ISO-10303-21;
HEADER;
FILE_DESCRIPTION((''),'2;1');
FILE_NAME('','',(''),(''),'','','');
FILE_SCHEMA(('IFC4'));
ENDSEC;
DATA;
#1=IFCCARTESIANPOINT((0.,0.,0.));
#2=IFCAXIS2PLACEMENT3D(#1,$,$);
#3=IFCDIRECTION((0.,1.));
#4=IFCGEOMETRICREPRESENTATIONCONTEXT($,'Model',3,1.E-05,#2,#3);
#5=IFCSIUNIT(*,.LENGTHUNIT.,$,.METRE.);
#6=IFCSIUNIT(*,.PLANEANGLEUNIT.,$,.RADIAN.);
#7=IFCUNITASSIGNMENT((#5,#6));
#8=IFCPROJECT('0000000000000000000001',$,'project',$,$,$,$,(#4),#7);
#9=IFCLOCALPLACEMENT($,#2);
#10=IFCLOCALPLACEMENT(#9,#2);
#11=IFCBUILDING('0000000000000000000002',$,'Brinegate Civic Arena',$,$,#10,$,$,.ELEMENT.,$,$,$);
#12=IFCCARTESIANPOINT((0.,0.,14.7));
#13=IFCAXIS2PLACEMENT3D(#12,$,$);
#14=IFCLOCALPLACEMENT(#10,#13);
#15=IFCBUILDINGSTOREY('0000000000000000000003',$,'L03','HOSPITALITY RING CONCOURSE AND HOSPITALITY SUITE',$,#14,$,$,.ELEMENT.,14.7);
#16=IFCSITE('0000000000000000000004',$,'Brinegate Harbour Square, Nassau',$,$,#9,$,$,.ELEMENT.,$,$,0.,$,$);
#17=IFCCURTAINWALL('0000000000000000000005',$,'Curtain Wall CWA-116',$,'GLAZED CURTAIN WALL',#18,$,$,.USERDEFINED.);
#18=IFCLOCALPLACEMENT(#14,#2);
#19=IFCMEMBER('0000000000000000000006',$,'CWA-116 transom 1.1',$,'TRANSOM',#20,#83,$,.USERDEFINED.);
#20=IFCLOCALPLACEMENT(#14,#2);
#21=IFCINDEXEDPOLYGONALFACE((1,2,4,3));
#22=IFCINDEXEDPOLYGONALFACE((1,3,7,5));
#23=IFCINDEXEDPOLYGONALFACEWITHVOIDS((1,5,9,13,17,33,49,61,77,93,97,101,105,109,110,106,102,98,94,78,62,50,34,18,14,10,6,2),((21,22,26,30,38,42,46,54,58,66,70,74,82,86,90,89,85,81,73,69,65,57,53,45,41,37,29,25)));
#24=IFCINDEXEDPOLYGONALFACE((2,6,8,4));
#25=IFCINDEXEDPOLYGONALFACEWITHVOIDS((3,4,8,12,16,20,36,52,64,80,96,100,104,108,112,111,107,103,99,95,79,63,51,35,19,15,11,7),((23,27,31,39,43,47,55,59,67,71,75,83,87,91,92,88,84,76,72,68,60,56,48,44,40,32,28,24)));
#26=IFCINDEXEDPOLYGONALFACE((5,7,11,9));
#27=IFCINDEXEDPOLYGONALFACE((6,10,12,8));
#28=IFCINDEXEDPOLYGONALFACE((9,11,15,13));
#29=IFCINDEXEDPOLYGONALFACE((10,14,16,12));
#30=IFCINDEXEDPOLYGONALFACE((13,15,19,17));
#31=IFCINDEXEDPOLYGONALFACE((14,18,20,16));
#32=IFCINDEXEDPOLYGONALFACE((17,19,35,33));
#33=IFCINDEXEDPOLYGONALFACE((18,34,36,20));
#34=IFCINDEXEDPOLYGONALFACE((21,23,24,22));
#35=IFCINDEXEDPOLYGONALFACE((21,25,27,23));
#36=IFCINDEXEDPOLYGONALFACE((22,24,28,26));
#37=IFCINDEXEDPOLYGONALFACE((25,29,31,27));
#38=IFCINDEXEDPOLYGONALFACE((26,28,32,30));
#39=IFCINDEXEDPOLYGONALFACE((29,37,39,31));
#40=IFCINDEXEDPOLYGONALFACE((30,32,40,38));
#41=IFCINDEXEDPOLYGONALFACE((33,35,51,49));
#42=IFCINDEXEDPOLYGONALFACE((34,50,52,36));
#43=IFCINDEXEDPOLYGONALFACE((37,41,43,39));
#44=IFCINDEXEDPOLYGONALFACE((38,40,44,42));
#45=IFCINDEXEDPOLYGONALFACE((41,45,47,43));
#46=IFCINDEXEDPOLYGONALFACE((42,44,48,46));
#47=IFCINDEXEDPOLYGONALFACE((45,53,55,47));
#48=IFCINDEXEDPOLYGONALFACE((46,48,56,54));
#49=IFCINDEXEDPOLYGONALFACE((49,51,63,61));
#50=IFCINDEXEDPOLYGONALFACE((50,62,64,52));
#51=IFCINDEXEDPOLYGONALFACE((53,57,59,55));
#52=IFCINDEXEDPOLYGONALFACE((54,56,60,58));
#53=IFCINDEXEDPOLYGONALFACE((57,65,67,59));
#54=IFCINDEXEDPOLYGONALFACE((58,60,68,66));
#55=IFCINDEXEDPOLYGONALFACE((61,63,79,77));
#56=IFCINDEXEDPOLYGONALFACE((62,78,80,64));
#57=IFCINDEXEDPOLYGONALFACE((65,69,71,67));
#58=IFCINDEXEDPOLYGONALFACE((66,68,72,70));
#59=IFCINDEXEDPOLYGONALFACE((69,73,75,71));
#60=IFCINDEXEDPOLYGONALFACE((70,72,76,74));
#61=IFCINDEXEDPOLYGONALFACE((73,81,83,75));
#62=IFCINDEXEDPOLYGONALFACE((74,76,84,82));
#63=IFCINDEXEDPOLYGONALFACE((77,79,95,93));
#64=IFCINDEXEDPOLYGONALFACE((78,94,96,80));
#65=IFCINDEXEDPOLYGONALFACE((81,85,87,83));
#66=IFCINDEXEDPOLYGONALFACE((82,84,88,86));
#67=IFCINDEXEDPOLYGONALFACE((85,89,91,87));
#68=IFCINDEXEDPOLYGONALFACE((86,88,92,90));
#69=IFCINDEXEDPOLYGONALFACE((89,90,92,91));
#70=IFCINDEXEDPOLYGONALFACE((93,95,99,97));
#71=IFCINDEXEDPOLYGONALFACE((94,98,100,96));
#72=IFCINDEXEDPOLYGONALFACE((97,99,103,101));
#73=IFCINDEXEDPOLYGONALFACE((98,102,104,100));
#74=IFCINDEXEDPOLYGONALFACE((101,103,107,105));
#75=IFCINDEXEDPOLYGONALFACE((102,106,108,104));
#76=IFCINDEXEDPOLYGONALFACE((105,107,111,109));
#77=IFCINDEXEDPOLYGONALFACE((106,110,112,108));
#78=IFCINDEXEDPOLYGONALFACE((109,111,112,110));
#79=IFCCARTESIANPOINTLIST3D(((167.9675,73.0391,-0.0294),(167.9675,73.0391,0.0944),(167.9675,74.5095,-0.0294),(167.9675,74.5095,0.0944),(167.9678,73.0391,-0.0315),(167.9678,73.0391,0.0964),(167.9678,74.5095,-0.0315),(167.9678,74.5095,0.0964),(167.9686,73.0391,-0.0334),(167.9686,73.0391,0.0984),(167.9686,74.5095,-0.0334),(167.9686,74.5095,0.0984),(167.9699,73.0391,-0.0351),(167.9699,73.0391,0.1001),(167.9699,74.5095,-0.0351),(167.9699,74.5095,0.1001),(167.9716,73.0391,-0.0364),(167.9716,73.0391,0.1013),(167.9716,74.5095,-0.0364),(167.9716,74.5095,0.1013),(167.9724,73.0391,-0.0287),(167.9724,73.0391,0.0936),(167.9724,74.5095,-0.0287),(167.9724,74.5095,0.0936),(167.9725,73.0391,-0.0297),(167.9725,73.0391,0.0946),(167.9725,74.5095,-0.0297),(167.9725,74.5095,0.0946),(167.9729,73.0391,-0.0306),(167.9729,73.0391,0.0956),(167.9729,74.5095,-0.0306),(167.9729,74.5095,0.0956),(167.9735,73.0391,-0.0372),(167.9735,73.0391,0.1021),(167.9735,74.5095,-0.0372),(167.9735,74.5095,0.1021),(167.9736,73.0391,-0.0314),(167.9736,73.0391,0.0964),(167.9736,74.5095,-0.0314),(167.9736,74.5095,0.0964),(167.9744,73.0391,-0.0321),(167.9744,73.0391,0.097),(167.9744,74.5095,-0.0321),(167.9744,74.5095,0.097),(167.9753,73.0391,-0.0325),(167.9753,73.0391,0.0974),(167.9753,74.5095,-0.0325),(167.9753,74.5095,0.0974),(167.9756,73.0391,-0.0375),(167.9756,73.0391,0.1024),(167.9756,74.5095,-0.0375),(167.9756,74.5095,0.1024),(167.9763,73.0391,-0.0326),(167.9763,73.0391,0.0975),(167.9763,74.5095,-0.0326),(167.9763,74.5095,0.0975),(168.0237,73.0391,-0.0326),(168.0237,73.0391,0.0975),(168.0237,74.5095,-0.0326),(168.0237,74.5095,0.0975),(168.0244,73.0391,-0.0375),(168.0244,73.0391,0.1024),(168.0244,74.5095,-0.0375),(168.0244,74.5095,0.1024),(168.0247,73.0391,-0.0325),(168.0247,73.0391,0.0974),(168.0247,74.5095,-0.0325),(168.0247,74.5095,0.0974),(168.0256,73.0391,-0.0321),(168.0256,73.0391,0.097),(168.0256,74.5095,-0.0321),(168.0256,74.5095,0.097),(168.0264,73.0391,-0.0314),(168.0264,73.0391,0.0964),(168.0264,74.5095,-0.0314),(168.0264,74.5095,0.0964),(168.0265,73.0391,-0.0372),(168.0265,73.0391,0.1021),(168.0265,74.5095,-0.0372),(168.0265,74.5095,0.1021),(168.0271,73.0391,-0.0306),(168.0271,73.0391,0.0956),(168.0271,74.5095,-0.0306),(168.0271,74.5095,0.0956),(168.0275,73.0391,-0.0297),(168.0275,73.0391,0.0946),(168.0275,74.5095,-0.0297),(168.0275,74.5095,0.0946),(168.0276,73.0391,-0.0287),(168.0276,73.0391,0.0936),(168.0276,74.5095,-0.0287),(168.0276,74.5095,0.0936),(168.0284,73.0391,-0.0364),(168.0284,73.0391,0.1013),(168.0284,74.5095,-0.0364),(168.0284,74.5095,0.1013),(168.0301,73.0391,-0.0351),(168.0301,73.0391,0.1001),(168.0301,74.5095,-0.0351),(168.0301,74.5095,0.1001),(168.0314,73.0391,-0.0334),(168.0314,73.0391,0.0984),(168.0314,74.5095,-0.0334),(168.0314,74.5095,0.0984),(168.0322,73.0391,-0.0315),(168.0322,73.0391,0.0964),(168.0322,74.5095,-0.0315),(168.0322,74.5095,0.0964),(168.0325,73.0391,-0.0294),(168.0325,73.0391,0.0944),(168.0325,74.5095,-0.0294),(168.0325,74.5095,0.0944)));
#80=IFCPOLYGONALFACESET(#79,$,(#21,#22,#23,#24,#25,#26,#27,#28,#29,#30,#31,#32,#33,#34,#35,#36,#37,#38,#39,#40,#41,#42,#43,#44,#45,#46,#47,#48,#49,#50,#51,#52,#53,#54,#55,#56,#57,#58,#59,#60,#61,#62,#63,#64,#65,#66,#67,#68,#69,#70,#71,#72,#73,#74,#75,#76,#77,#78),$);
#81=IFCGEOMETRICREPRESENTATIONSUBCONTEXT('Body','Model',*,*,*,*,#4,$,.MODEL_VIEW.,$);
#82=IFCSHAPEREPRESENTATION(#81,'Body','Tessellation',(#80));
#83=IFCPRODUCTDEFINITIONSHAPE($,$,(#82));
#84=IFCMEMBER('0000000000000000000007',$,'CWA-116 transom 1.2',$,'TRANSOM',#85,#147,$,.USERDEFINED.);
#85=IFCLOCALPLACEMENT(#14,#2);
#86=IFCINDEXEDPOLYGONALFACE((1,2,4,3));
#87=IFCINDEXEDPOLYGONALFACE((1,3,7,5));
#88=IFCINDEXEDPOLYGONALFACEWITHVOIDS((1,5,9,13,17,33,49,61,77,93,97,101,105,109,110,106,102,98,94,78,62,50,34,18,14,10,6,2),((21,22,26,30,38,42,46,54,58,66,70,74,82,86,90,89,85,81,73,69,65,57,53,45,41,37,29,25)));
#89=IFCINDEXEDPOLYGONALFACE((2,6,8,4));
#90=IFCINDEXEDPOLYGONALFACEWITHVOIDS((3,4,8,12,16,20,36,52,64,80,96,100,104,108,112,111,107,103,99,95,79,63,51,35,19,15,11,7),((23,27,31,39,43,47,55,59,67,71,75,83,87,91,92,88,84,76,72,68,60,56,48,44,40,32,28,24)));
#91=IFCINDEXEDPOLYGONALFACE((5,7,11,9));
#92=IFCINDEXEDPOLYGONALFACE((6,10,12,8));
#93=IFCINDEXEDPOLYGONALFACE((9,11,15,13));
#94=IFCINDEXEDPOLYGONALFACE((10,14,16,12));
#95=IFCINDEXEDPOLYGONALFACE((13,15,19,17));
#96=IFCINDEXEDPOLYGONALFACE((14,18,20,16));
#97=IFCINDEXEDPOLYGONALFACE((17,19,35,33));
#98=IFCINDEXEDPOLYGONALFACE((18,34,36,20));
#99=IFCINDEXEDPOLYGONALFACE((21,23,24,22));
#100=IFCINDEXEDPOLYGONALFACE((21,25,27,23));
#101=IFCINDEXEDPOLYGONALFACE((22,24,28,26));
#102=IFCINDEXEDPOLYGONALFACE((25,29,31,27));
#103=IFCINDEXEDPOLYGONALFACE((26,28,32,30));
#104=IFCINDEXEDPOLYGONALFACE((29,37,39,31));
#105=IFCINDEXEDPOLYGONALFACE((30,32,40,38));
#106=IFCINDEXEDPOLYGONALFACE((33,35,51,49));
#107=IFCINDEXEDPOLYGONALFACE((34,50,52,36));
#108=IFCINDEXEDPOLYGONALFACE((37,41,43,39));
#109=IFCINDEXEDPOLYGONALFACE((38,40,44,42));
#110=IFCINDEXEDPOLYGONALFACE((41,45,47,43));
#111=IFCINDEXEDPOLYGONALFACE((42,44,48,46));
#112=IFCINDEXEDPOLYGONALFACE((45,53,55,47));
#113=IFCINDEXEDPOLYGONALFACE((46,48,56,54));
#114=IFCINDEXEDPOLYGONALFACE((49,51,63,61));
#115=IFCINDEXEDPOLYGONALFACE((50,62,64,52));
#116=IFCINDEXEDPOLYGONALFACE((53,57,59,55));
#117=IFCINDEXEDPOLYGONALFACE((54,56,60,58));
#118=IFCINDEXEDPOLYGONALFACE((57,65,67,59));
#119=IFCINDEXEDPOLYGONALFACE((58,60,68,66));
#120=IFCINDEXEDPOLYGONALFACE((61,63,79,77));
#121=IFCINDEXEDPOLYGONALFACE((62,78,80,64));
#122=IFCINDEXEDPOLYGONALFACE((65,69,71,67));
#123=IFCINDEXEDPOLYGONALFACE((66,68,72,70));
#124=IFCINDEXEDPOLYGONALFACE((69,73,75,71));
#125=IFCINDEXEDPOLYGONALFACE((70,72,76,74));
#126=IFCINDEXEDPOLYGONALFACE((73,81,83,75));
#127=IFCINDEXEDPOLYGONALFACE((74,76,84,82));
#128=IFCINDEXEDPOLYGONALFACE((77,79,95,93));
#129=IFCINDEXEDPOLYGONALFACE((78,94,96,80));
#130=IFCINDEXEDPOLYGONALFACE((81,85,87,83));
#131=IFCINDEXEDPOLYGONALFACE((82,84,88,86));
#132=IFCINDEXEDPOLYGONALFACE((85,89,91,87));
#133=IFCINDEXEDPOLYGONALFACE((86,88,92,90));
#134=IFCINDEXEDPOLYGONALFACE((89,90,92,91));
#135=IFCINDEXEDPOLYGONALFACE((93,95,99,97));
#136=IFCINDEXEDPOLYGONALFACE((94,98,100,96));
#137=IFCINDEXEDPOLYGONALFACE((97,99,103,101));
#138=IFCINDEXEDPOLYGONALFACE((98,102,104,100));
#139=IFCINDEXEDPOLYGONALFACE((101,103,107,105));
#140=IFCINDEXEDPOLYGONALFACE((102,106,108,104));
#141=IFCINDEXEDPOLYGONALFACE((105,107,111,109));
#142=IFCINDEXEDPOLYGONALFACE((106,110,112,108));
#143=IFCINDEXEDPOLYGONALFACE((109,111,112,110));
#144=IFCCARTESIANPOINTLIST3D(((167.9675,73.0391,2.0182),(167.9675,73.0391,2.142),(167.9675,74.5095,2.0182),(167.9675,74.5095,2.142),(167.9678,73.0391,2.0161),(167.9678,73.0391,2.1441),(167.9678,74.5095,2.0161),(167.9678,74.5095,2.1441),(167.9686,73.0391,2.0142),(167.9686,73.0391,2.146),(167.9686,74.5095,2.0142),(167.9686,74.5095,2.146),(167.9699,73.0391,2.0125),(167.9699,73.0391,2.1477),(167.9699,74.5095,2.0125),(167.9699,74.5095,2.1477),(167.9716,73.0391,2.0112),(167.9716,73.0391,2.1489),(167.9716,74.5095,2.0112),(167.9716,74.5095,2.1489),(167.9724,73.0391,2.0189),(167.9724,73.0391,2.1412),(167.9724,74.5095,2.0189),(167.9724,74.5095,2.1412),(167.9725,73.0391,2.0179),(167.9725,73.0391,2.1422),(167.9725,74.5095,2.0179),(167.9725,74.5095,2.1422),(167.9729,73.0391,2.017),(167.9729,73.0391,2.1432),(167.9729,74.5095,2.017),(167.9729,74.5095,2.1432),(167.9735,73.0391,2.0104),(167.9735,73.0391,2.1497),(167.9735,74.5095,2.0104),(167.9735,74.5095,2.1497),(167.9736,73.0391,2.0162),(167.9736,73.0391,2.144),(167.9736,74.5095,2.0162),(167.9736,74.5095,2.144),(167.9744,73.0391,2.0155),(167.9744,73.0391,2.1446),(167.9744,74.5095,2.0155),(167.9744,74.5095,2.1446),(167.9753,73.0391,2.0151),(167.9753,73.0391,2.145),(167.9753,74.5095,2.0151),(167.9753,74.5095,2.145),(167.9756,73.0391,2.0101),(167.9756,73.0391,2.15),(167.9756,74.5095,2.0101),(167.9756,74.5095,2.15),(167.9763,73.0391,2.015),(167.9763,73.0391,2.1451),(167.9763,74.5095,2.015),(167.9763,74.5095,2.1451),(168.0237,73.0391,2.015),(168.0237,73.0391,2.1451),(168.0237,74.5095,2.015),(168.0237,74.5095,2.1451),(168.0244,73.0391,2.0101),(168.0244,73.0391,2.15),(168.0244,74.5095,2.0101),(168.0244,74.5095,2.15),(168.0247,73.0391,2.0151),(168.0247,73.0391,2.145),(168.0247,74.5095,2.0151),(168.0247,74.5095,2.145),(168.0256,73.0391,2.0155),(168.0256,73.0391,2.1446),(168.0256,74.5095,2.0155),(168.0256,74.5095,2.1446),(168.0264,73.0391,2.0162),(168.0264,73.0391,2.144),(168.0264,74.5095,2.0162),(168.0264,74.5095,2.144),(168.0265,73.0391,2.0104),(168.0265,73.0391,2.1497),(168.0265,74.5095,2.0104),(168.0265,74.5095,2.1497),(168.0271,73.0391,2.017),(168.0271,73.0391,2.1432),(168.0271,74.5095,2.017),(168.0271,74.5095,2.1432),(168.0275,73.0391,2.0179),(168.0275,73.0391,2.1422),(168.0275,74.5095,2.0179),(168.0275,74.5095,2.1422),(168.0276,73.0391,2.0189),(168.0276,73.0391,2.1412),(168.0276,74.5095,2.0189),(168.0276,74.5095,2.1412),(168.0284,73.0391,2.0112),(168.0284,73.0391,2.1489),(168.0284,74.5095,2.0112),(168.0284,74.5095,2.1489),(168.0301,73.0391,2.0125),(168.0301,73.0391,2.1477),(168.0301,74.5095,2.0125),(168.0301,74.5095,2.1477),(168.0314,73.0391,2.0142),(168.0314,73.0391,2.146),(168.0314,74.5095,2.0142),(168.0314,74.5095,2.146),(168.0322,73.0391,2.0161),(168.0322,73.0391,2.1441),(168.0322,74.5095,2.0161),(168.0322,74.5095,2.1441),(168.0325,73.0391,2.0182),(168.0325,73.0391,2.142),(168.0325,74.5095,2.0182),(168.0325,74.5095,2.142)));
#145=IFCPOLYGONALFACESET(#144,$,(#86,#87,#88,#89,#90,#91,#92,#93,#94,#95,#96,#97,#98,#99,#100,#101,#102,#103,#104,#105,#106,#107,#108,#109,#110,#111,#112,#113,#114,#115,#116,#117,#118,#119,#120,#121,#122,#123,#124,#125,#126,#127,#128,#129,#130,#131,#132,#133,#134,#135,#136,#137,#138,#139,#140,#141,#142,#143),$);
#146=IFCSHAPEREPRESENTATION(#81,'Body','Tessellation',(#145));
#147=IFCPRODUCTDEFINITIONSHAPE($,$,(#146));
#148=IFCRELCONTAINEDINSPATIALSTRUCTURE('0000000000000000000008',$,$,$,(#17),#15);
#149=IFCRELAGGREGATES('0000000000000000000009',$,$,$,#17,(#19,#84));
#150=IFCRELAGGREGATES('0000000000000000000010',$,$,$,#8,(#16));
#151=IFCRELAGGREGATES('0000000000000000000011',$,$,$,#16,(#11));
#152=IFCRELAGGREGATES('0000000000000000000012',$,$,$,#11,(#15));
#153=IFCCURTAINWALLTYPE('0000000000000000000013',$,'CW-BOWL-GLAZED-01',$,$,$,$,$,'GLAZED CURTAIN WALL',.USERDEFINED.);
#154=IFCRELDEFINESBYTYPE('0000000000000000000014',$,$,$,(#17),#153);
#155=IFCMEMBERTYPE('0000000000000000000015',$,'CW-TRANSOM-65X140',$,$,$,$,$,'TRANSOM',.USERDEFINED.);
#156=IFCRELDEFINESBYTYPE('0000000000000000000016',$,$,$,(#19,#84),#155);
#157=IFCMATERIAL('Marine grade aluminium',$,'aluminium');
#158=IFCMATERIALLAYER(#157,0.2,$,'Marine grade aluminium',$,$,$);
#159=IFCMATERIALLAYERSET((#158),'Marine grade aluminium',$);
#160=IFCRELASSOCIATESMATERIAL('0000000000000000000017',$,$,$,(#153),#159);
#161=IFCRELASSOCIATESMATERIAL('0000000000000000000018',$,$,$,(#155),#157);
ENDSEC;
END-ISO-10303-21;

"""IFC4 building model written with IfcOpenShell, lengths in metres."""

from ifc_helpers import new_model, si_unit, direction, frame, origin, origin_2d, place, context, subcontext, project, spatial, hollow_rectangle, extrude, material, layer, layer_set, material_profile, profile_set, type_object, element, aggregate, save


model = new_model("IFC4")

# Units and contexts
model_context = context("Model", 3, precision=1e-05, world=origin(), true_north=direction((0.0, 1.0)))
body_context = subcontext(model_context, "Body", "Model", "MODEL_VIEW")
ifc_project = project(units=[si_unit("LENGTHUNIT", "METRE"), si_unit("PLANEANGLEUNIT", "RADIAN")], contexts=[model_context])

# Site, building, storey
site_placement = place(None, origin())
site = spatial("IfcSite", under=ifc_project, at=site_placement, Name="Brinegate Harbour Square, Nassau", CompositionType="ELEMENT", RefElevation=0.0)
building_placement = place(site_placement, origin())
building = spatial("IfcBuilding", under=site, at=building_placement, Name="Brinegate Civic Arena", CompositionType="ELEMENT")
storey_placement = place(building_placement, frame((0.0, 0.0, 14.7)))
storey = spatial("IfcBuildingStorey", under=building, at=storey_placement, Name="L03", Description="HOSPITALITY RING CONCOURSE AND HOSPITALITY SUITE", CompositionType="ELEMENT", Elevation=14.7)

# Curtain wall
ifc_material_1 = material(Name="Marine grade aluminium", Category="aluminium")
ifc_layer_1 = layer(ifc_material_1, 0.2, Name="Marine grade aluminium")
ifc_layer_set_1 = layer_set([ifc_layer_1], Name="Marine grade aluminium")
curtain_wall_type = type_object("IfcCurtainWallType", Name="CW-BOWL-GLAZED-01", ElementType="GLAZED CURTAIN WALL", PredefinedType="USERDEFINED", material=ifc_layer_set_1)
curtain_wall_1_placement = place(storey_placement, origin())
curtain_wall_1 = element("IfcCurtainWall", 1, at=curtain_wall_1_placement, inside=storey, type_object=curtain_wall_type, Name="Curtain Wall CWA-116", ObjectType="GLAZED CURTAIN WALL", PredefinedType="USERDEFINED")

# Members
ifc_material_profile_1 = material_profile(ifc_material_1, hollow_rectangle(XDim=0.0649, YDim=0.1399, WallThickness=0.0049, InnerFilletRadius=0.0039, OuterFilletRadius=0.0081, at=origin_2d()), Name="TRN65X140")
ifc_profile_set_1 = profile_set([ifc_material_profile_1], Name="Marine grade aluminium")
member_type_1 = type_object("IfcMemberType", Name="CW-TRANSOM-65X140", ElementType="TRANSOM", PredefinedType="USERDEFINED", material=ifc_profile_set_1)
member_1_placement = place(storey_placement, frame((168.0, 73.0391, 0.0325), z_axis=(0.0, 1.0, 0.0), x_axis=(-1.0, 0.0, 0.0)))
member_1 = element("IfcMember", 2, at=member_1_placement, type_object=member_type_1, Name="CWA-116 transom 1.1", ObjectType="TRANSOM", PredefinedType="USERDEFINED", context=body_context, shape_type="SweptSolid", body=[
    extrude(hollow_rectangle(XDim=0.0649, YDim=0.1399, WallThickness=0.0049, InnerFilletRadius=0.0039, OuterFilletRadius=0.0081, at=origin_2d()), origin(), (0.0, 0.0, 1.0), 1.4705),
])
member_2_placement = place(storey_placement, frame((168.0, 73.0391, 2.0801), z_axis=(0.0, 1.0, 0.0), x_axis=(-1.0, 0.0, 0.0)))
member_2 = element("IfcMember", 3, at=member_2_placement, type_object=member_type_1, Name="CWA-116 transom 1.2", ObjectType="TRANSOM", PredefinedType="USERDEFINED", context=body_context, shape_type="SweptSolid", body=[
    extrude(hollow_rectangle(XDim=0.0649, YDim=0.1399, WallThickness=0.0049, InnerFilletRadius=0.0039, OuterFilletRadius=0.0081, at=origin_2d()), origin(), (0.0, 0.0, 1.0), 1.4705),
])

aggregate(curtain_wall_1, [member_1, member_2])

save(model, "model.ifc")
